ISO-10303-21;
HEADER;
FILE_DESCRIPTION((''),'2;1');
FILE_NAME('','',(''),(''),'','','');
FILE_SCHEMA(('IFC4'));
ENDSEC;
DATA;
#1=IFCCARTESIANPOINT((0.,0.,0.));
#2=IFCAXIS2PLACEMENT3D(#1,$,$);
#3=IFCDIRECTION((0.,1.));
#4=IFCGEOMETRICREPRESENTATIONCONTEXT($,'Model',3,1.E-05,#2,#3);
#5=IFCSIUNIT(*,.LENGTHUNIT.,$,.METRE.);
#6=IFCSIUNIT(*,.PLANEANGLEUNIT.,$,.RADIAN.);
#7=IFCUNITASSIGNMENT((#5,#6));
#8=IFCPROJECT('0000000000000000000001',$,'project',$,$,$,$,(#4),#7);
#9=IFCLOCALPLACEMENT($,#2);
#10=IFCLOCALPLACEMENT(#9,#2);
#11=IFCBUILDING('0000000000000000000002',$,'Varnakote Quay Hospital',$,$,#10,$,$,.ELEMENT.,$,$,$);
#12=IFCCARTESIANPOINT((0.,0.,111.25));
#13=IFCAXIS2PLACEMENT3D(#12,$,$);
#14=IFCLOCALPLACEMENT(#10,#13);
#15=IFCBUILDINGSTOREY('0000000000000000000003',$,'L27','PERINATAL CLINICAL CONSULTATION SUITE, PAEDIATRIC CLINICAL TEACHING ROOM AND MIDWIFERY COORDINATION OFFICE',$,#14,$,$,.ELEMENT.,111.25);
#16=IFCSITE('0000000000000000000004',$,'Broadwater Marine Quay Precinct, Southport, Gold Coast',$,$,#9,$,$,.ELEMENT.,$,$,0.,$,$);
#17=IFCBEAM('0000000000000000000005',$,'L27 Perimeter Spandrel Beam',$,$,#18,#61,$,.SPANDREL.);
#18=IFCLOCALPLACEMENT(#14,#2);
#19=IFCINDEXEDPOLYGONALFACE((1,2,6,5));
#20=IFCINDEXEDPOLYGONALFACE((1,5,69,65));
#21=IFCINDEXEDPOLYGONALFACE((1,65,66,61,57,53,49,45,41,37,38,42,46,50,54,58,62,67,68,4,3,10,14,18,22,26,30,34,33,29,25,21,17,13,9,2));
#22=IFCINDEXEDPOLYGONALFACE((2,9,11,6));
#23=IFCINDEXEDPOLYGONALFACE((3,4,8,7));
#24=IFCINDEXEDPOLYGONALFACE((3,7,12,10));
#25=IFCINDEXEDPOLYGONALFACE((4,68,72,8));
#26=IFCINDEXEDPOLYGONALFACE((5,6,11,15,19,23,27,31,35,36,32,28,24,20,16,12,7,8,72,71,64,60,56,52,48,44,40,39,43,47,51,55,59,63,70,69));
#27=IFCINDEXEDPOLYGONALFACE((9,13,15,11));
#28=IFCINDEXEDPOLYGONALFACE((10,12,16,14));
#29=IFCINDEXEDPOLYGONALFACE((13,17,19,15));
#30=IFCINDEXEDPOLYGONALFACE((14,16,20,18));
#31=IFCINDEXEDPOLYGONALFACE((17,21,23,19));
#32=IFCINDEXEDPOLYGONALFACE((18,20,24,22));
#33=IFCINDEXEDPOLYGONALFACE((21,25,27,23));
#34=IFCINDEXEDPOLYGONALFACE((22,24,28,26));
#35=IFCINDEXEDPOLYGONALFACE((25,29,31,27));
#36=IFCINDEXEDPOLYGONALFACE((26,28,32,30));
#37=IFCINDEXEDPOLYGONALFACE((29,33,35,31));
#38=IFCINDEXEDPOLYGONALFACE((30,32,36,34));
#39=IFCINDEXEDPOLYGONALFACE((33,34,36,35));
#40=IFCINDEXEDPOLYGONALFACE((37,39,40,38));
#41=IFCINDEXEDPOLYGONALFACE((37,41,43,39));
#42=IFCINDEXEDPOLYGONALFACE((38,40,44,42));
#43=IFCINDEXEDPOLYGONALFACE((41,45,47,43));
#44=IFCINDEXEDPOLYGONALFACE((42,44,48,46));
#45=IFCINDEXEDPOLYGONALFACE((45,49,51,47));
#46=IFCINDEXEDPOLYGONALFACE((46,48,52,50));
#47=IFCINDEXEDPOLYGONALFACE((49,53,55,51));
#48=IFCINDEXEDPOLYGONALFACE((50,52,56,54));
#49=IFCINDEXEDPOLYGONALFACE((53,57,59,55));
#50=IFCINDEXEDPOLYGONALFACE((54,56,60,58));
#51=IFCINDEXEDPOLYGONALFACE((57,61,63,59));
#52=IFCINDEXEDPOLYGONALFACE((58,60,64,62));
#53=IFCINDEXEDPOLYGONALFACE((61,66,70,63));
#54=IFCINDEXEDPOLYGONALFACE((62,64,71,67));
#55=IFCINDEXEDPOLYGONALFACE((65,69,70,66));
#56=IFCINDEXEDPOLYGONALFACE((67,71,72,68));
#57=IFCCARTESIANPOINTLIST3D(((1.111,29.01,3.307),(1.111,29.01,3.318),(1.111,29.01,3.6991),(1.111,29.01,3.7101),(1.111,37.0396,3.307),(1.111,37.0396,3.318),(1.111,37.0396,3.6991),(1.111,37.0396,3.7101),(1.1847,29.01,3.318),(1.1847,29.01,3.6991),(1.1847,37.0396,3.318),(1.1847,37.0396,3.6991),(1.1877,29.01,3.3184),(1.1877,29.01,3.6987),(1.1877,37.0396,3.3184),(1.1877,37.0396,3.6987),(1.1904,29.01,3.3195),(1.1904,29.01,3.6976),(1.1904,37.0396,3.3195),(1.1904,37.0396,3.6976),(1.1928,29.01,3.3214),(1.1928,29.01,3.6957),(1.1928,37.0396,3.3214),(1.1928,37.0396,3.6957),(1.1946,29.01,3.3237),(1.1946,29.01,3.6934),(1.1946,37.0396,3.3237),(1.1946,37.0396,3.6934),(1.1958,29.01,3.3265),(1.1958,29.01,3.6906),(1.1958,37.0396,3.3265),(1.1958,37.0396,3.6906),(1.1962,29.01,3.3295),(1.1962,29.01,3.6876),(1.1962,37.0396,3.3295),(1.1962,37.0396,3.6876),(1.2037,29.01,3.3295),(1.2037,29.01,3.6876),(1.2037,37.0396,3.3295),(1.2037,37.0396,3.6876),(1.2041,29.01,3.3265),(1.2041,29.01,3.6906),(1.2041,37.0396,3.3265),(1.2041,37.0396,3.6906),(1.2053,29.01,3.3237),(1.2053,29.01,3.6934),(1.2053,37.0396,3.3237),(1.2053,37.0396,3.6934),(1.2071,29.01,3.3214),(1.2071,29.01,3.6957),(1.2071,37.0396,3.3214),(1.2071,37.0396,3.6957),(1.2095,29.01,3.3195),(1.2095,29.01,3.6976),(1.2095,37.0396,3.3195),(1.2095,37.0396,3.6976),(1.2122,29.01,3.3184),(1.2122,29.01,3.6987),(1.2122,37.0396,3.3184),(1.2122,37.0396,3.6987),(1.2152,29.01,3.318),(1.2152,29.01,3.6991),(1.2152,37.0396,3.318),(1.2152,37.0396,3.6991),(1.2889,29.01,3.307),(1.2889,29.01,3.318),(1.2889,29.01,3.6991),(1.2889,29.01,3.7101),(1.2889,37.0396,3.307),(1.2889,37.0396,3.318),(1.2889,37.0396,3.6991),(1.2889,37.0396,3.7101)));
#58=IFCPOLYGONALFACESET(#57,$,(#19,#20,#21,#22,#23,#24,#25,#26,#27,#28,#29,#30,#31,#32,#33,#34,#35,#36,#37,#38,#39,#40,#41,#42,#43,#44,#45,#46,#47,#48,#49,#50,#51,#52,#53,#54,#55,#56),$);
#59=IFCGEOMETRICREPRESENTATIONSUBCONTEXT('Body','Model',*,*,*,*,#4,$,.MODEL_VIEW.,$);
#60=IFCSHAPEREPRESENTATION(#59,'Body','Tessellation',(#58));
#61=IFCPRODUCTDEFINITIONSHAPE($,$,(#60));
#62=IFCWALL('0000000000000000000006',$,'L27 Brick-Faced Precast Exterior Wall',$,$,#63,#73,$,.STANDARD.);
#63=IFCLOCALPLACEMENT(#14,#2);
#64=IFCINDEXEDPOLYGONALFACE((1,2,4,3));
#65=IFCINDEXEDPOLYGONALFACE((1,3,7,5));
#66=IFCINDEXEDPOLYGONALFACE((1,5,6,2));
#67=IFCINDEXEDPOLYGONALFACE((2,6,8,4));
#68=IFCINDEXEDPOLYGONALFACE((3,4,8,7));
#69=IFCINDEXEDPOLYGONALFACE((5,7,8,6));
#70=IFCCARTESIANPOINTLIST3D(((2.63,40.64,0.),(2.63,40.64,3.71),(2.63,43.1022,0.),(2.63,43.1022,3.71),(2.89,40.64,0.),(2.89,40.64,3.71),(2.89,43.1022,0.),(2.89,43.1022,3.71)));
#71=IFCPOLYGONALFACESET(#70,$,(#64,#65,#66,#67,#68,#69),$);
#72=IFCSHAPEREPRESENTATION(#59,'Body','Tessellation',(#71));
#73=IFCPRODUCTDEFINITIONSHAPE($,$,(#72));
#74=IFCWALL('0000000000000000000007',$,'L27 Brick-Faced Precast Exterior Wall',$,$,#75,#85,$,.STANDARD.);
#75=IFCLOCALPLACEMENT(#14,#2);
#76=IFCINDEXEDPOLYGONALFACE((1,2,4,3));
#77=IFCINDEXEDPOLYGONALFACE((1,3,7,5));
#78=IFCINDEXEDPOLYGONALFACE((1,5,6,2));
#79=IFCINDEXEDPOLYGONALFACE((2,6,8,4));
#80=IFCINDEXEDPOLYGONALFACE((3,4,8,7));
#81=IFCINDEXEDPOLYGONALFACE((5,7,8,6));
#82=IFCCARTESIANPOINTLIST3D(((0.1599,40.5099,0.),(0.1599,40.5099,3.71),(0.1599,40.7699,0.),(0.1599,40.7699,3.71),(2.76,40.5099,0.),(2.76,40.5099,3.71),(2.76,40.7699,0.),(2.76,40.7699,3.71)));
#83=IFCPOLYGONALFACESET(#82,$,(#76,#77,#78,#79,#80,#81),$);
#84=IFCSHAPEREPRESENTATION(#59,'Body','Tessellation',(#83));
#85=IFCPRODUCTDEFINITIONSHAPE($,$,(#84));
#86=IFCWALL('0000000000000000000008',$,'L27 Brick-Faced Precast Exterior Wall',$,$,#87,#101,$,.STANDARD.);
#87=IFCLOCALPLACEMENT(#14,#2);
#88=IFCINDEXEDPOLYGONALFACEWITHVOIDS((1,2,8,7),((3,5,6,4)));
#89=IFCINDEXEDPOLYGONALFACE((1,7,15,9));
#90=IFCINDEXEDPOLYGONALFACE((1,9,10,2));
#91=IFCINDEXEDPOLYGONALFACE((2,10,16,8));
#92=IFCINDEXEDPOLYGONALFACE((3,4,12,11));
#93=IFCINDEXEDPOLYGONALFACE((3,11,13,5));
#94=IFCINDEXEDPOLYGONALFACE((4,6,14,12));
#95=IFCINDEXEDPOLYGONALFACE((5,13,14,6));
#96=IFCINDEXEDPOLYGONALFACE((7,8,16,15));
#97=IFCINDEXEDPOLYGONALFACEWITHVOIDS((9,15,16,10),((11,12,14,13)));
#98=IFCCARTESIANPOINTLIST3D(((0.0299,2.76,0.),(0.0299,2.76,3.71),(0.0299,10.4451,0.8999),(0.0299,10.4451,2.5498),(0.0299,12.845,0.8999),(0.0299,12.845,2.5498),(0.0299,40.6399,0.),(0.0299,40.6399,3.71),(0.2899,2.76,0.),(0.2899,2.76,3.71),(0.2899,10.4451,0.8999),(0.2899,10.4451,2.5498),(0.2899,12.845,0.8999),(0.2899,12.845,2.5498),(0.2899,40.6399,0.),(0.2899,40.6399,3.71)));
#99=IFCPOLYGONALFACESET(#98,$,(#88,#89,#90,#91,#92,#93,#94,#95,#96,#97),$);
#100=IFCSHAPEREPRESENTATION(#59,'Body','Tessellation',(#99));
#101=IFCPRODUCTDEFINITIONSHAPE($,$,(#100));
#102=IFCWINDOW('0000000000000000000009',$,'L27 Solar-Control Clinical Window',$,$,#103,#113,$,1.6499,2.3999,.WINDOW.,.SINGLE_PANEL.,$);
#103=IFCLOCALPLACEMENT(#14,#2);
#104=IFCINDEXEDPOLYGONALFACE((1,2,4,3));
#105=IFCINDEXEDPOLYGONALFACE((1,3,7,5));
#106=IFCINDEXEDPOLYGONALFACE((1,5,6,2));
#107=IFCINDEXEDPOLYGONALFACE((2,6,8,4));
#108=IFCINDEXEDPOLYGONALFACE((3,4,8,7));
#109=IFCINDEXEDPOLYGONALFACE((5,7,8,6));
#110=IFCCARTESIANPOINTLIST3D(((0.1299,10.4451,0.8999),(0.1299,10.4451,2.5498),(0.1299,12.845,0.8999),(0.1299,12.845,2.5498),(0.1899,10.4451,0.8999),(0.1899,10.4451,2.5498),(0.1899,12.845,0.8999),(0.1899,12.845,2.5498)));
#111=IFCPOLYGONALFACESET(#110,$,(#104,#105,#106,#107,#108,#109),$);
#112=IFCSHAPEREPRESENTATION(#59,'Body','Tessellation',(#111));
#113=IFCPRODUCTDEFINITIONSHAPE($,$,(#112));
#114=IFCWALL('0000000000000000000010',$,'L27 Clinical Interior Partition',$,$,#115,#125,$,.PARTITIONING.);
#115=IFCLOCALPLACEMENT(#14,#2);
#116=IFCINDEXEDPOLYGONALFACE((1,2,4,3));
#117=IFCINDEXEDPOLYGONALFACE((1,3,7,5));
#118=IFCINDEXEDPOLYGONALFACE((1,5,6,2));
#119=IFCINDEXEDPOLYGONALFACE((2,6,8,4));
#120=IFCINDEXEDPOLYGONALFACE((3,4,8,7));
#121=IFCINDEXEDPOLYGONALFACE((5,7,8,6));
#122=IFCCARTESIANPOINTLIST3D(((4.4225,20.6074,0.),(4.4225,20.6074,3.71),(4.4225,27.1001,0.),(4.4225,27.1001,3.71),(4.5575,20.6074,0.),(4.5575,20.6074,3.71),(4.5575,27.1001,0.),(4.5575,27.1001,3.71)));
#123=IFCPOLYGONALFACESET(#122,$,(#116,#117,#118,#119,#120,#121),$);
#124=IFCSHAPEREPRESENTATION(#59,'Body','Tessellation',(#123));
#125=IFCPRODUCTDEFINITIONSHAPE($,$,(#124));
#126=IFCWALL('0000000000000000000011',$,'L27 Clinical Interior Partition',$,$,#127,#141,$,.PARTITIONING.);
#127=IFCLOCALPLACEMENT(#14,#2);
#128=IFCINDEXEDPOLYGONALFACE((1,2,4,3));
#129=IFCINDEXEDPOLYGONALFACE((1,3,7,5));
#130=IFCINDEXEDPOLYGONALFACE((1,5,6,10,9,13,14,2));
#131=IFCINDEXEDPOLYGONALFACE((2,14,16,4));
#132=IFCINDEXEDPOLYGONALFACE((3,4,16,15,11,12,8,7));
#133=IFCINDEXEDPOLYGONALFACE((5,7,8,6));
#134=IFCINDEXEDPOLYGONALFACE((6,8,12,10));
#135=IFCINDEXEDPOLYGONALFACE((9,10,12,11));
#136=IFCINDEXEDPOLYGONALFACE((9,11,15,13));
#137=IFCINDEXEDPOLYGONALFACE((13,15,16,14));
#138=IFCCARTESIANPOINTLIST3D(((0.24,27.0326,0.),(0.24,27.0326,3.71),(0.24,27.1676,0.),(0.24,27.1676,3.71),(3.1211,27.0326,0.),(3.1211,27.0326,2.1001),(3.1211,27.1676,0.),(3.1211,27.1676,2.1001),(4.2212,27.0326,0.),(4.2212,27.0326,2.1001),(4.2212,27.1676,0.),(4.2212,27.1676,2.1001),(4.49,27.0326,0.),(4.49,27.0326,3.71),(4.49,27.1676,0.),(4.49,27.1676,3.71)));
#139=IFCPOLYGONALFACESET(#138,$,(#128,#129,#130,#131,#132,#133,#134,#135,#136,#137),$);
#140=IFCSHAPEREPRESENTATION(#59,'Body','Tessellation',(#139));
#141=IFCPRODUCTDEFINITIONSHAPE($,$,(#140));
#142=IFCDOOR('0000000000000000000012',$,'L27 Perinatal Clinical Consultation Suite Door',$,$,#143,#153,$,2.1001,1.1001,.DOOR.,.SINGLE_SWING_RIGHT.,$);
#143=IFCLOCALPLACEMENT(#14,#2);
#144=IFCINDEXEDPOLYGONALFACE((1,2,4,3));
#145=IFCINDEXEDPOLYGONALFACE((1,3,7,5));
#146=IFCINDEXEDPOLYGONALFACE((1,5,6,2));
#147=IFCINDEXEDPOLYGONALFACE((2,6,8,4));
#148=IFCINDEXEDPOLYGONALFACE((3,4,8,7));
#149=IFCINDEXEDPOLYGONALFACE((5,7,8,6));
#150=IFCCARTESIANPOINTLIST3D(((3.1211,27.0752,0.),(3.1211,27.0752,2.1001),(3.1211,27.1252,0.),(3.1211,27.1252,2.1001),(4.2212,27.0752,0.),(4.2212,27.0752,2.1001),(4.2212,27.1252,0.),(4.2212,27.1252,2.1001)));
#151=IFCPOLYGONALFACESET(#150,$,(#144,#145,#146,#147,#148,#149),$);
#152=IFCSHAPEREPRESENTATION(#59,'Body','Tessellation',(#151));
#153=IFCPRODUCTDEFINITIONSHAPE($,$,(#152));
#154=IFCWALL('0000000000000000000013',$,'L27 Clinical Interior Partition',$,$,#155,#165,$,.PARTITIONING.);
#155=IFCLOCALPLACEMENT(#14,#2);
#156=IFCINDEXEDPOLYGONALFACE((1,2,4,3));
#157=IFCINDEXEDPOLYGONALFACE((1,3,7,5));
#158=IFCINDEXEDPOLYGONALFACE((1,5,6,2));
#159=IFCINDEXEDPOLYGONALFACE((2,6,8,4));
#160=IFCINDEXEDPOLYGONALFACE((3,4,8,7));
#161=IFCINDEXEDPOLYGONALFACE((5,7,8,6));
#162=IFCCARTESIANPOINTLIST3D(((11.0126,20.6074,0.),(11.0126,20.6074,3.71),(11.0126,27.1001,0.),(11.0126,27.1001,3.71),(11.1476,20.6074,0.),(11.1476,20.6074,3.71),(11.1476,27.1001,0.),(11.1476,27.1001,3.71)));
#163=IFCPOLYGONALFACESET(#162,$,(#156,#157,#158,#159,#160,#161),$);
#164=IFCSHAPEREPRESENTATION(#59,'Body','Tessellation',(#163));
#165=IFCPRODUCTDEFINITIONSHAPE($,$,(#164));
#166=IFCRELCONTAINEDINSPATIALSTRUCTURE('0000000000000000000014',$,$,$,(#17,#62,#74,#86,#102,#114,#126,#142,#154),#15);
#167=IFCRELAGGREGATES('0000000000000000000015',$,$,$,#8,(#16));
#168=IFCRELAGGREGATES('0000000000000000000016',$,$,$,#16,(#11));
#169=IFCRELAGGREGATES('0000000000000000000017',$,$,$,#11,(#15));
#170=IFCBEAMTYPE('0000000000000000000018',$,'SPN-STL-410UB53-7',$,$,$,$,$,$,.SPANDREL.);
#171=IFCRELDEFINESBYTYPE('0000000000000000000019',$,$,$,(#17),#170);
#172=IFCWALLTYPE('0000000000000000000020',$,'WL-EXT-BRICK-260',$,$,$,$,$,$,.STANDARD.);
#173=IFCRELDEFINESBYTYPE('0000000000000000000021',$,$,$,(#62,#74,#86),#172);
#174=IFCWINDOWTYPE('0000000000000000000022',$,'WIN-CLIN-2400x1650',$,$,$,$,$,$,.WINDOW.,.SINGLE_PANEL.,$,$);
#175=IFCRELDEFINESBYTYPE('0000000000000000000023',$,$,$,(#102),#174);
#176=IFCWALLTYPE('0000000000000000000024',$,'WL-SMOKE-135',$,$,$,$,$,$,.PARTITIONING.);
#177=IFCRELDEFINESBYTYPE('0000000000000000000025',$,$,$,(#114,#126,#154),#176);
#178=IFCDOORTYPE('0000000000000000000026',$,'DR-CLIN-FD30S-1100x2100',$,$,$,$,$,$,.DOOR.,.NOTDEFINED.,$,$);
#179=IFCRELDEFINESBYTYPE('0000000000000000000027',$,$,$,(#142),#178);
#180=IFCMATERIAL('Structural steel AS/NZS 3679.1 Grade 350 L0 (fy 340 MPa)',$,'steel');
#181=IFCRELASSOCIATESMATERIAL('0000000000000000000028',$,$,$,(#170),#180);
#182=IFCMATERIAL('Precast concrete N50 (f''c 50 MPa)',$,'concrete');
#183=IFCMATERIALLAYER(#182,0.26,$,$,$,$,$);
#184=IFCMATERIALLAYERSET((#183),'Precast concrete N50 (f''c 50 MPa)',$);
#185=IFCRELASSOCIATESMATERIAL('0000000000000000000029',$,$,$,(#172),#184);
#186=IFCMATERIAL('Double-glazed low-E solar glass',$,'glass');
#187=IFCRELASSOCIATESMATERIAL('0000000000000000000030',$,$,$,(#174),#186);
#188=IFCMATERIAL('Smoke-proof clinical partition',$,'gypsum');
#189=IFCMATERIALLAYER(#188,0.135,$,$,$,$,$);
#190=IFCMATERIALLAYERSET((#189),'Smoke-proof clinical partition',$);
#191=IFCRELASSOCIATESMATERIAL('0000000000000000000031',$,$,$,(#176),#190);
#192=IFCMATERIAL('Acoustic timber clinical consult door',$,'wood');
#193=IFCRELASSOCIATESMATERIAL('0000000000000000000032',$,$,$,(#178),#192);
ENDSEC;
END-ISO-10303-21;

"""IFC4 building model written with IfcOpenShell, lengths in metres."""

from ifc_helpers import new_model, si_unit, direction, frame, frame_2d, origin, origin_2d, place, context, subcontext, project, spatial, rectangle, i_section, extrude, material, layer, layer_set, material_profile, profile_set, type_object, element, fill, save


model = new_model("IFC4")

# Units and contexts
model_context = context("Model", 3, precision=1e-05, world=origin(), true_north=direction((0.0, 1.0)))
body_context = subcontext(model_context, "Body", "Model", "MODEL_VIEW")
ifc_project = project(units=[si_unit("LENGTHUNIT", "METRE"), si_unit("PLANEANGLEUNIT", "RADIAN")], contexts=[model_context])

# Site, building, storey
site_placement = place(None, origin())
site = spatial("IfcSite", under=ifc_project, at=site_placement, Name="Broadwater Marine Quay Precinct, Southport, Gold Coast", CompositionType="ELEMENT", RefElevation=0.0)
building_placement = place(site_placement, origin())
building = spatial("IfcBuilding", under=site, at=building_placement, Name="Varnakote Quay Hospital", CompositionType="ELEMENT")
storey_placement = place(building_placement, frame((0.0, 0.0, 111.25)))
storey = spatial("IfcBuildingStorey", under=building, at=storey_placement, Name="L27", Description="PERINATAL CLINICAL CONSULTATION SUITE, PAEDIATRIC CLINICAL TEACHING ROOM AND MIDWIFERY COORDINATION OFFICE", CompositionType="ELEMENT", Elevation=111.25)

# Beam
ifc_material_1 = material(Name="Structural steel AS/NZS 3679.1 Grade 350 L0 (fy 340 MPa)", Category="steel")
ifc_material_profile_1 = material_profile(ifc_material_1, i_section(OverallWidth=0.178, OverallDepth=0.4031, WebThickness=0.0076, FlangeThickness=0.011, FilletRadius=0.0115, at=origin_2d()), Name="410UB53.7")
ifc_profile_set_1 = profile_set([ifc_material_profile_1], Name="Structural steel AS/NZS 3679.1 Grade 350 L0 (fy 340 MPa)")
beam_type_1 = type_object("IfcBeamType", Name="SPN-STL-410UB53-7", PredefinedType="SPANDREL", material=ifc_profile_set_1)
beam_1_placement = place(storey_placement, frame((1.2, 29.01, 3.5085), z_axis=(0.0, 1.0, 0.0), x_axis=(-1.0, 0.0, 0.0)))
element("IfcBeam", 1, at=beam_1_placement, inside=storey, type_object=beam_type_1, Name="L27 Perimeter Spandrel Beam", PredefinedType="SPANDREL", context=body_context, shape_type="SweptSolid", body=[
    extrude(i_section(OverallWidth=0.178, OverallDepth=0.4031, WebThickness=0.0076, FlangeThickness=0.011, FilletRadius=0.0115, at=origin_2d()), origin(), (0.0, 0.0, 1.0), 8.0295),
])

# Walls
ifc_material_2 = material(Name="Precast concrete N50 (f'c 50 MPa)", Category="concrete")
ifc_layer_1 = layer(ifc_material_2, 0.26)
ifc_layer_set_1 = layer_set([ifc_layer_1], Name="Precast concrete N50 (f'c 50 MPa)")
wall_type_1 = type_object("IfcWallType", Name="WL-EXT-BRICK-260", PredefinedType="STANDARD", material=ifc_layer_set_1)
wall_1_placement = place(storey_placement, frame((2.76, 43.1021, 0.0), z_axis=(0.0, 0.0, 1.0), x_axis=(0.0, -1.0, 0.0)))
element("IfcWall", 2, at=wall_1_placement, inside=storey, type_object=wall_type_1, Name="L27 Brick-Faced Precast Exterior Wall", PredefinedType="STANDARD", context=body_context, shape_type="SweptSolid", body=[
    extrude(rectangle(XDim=2.4622, YDim=0.26, at=frame_2d((1.231, 0.0))), origin(), (0.0, 0.0, 1.0), 3.71),
])
wall_2_placement = place(storey_placement, frame((2.76, 40.6399, 0.0), z_axis=(0.0, 0.0, 1.0), x_axis=(-1.0, 0.0, 0.0)))
element("IfcWall", 3, at=wall_2_placement, inside=storey, type_object=wall_type_1, Name="L27 Brick-Faced Precast Exterior Wall", PredefinedType="STANDARD", context=body_context, shape_type="SweptSolid", body=[
    extrude(rectangle(XDim=2.6001, YDim=0.26, at=frame_2d((1.3, 0.0))), origin(), (0.0, 0.0, 1.0), 3.71),
])

# Wall, opening, window
wall_3_placement = place(storey_placement, frame((0.1599, 40.6399, 0.0), z_axis=(0.0, 0.0, 1.0), x_axis=(0.0, -1.0, 0.0)))
wall_3 = element("IfcWall", 4, at=wall_3_placement, inside=storey, type_object=wall_type_1, Name="L27 Brick-Faced Precast Exterior Wall", PredefinedType="STANDARD", context=body_context, shape_type="SweptSolid", body=[
    extrude(rectangle(XDim=37.8799, YDim=0.26, at=frame_2d((18.9399, 0.0))), origin(), (0.0, 0.0, 1.0), 3.71),
])
opening_1_placement = place(wall_3_placement, frame((27.7949, 0.0, 0.8999)))
opening_1 = element("IfcOpeningElement", 5, at=opening_1_placement, cuts=wall_3, PredefinedType="OPENING", context=body_context, shape_type="SweptSolid", body=[
    extrude(rectangle(XDim=2.3999, YDim=1.6499, at=frame_2d((1.2, 0.825))), frame((0.0, 0.1399, 0.0), z_axis=(0.0, -1.0, 0.0), x_axis=(1.0, 0.0, 0.0)), (0.0, 0.0, 1.0), 0.28),
])
ifc_material_3 = material(Name="Double-glazed low-E solar glass", Category="glass")
window_type = type_object("IfcWindowType", Name="WIN-CLIN-2400x1650", PartitioningType="SINGLE_PANEL", PredefinedType="WINDOW", material=ifc_material_3)
window_placement = place(opening_1_placement, origin())
window = element("IfcWindow", 6, at=window_placement, inside=storey, type_object=window_type, Name="L27 Solar-Control Clinical Window", OverallHeight=1.6499, OverallWidth=2.3999, PartitioningType="SINGLE_PANEL", PredefinedType="WINDOW", context=body_context, shape_type="SweptSolid", body=[
    extrude(rectangle(XDim=2.3999, YDim=1.6499, at=frame_2d((1.2, 0.825))), frame((0.0, 0.03, 0.0), z_axis=(0.0, -1.0, 0.0), x_axis=(1.0, 0.0, 0.0)), (0.0, 0.0, 1.0), 0.0601),
])
fill(opening_1, window)

# Wall
ifc_material_4 = material(Name="Smoke-proof clinical partition", Category="gypsum")
ifc_layer_2 = layer(ifc_material_4, 0.135)
ifc_layer_set_2 = layer_set([ifc_layer_2], Name="Smoke-proof clinical partition")
wall_type_2 = type_object("IfcWallType", Name="WL-SMOKE-135", PredefinedType="PARTITIONING", material=ifc_layer_set_2)
wall_4_placement = place(storey_placement, frame((4.49, 20.6074, 0.0), z_axis=(0.0, 0.0, 1.0), x_axis=(0.0, 1.0, 0.0)))
element("IfcWall", 7, at=wall_4_placement, inside=storey, type_object=wall_type_2, Name="L27 Clinical Interior Partition", PredefinedType="PARTITIONING", context=body_context, shape_type="SweptSolid", body=[
    extrude(rectangle(XDim=6.4927, YDim=0.135, at=frame_2d((3.2463, 0.0))), origin(), (0.0, 0.0, 1.0), 3.71),
])

# Wall, opening, door
wall_5_placement = place(storey_placement, frame((4.49, 27.1001, 0.0), z_axis=(0.0, 0.0, 1.0), x_axis=(-1.0, 0.0, 0.0)))
wall_5 = element("IfcWall", 8, at=wall_5_placement, inside=storey, type_object=wall_type_2, Name="L27 Clinical Interior Partition", PredefinedType="PARTITIONING", context=body_context, shape_type="SweptSolid", body=[
    extrude(rectangle(XDim=4.25, YDim=0.135, at=frame_2d((2.125, 0.0))), origin(), (0.0, 0.0, 1.0), 3.71),
])
opening_2_placement = place(wall_5_placement, frame((0.2688, 0.0, 0.0)))
opening_2 = element("IfcOpeningElement", 9, at=opening_2_placement, cuts=wall_5, PredefinedType="OPENING", context=body_context, shape_type="SweptSolid", body=[
    extrude(rectangle(XDim=1.1001, YDim=2.1001, at=frame_2d((0.55, 1.05))), frame((0.0, 0.0774, 0.0), z_axis=(0.0, -1.0, 0.0), x_axis=(1.0, 0.0, 0.0)), (0.0, 0.0, 1.0), 0.155),
])
ifc_material_5 = material(Name="Acoustic timber clinical consult door", Category="wood")
door_type = type_object("IfcDoorType", Name="DR-CLIN-FD30S-1100x2100", OperationType="NOTDEFINED", PredefinedType="DOOR", material=ifc_material_5)
door_placement = place(opening_2_placement, origin())
door = element("IfcDoor", 10, at=door_placement, inside=storey, type_object=door_type, Name="L27 Perinatal Clinical Consultation Suite Door", OperationType="SINGLE_SWING_RIGHT", OverallHeight=2.1001, OverallWidth=1.1001, PredefinedType="DOOR", context=body_context, shape_type="SweptSolid", body=[
    extrude(rectangle(XDim=1.1001, YDim=2.1001, at=frame_2d((0.55, 1.05))), frame((0.0, 0.0249, 0.0), z_axis=(0.0, -1.0, 0.0), x_axis=(1.0, 0.0, 0.0)), (0.0, 0.0, 1.0), 0.05),
])
fill(opening_2, door)

# Wall
wall_6_placement = place(storey_placement, frame((11.0801, 20.6074, 0.0), z_axis=(0.0, 0.0, 1.0), x_axis=(0.0, 1.0, 0.0)))
element("IfcWall", 11, at=wall_6_placement, inside=storey, type_object=wall_type_2, Name="L27 Clinical Interior Partition", PredefinedType="PARTITIONING", context=body_context, shape_type="SweptSolid", body=[
    extrude(rectangle(XDim=6.4927, YDim=0.135, at=frame_2d((3.2463, 0.0))), origin(), (0.0, 0.0, 1.0), 3.71),
])

save(model, "model.ifc")
